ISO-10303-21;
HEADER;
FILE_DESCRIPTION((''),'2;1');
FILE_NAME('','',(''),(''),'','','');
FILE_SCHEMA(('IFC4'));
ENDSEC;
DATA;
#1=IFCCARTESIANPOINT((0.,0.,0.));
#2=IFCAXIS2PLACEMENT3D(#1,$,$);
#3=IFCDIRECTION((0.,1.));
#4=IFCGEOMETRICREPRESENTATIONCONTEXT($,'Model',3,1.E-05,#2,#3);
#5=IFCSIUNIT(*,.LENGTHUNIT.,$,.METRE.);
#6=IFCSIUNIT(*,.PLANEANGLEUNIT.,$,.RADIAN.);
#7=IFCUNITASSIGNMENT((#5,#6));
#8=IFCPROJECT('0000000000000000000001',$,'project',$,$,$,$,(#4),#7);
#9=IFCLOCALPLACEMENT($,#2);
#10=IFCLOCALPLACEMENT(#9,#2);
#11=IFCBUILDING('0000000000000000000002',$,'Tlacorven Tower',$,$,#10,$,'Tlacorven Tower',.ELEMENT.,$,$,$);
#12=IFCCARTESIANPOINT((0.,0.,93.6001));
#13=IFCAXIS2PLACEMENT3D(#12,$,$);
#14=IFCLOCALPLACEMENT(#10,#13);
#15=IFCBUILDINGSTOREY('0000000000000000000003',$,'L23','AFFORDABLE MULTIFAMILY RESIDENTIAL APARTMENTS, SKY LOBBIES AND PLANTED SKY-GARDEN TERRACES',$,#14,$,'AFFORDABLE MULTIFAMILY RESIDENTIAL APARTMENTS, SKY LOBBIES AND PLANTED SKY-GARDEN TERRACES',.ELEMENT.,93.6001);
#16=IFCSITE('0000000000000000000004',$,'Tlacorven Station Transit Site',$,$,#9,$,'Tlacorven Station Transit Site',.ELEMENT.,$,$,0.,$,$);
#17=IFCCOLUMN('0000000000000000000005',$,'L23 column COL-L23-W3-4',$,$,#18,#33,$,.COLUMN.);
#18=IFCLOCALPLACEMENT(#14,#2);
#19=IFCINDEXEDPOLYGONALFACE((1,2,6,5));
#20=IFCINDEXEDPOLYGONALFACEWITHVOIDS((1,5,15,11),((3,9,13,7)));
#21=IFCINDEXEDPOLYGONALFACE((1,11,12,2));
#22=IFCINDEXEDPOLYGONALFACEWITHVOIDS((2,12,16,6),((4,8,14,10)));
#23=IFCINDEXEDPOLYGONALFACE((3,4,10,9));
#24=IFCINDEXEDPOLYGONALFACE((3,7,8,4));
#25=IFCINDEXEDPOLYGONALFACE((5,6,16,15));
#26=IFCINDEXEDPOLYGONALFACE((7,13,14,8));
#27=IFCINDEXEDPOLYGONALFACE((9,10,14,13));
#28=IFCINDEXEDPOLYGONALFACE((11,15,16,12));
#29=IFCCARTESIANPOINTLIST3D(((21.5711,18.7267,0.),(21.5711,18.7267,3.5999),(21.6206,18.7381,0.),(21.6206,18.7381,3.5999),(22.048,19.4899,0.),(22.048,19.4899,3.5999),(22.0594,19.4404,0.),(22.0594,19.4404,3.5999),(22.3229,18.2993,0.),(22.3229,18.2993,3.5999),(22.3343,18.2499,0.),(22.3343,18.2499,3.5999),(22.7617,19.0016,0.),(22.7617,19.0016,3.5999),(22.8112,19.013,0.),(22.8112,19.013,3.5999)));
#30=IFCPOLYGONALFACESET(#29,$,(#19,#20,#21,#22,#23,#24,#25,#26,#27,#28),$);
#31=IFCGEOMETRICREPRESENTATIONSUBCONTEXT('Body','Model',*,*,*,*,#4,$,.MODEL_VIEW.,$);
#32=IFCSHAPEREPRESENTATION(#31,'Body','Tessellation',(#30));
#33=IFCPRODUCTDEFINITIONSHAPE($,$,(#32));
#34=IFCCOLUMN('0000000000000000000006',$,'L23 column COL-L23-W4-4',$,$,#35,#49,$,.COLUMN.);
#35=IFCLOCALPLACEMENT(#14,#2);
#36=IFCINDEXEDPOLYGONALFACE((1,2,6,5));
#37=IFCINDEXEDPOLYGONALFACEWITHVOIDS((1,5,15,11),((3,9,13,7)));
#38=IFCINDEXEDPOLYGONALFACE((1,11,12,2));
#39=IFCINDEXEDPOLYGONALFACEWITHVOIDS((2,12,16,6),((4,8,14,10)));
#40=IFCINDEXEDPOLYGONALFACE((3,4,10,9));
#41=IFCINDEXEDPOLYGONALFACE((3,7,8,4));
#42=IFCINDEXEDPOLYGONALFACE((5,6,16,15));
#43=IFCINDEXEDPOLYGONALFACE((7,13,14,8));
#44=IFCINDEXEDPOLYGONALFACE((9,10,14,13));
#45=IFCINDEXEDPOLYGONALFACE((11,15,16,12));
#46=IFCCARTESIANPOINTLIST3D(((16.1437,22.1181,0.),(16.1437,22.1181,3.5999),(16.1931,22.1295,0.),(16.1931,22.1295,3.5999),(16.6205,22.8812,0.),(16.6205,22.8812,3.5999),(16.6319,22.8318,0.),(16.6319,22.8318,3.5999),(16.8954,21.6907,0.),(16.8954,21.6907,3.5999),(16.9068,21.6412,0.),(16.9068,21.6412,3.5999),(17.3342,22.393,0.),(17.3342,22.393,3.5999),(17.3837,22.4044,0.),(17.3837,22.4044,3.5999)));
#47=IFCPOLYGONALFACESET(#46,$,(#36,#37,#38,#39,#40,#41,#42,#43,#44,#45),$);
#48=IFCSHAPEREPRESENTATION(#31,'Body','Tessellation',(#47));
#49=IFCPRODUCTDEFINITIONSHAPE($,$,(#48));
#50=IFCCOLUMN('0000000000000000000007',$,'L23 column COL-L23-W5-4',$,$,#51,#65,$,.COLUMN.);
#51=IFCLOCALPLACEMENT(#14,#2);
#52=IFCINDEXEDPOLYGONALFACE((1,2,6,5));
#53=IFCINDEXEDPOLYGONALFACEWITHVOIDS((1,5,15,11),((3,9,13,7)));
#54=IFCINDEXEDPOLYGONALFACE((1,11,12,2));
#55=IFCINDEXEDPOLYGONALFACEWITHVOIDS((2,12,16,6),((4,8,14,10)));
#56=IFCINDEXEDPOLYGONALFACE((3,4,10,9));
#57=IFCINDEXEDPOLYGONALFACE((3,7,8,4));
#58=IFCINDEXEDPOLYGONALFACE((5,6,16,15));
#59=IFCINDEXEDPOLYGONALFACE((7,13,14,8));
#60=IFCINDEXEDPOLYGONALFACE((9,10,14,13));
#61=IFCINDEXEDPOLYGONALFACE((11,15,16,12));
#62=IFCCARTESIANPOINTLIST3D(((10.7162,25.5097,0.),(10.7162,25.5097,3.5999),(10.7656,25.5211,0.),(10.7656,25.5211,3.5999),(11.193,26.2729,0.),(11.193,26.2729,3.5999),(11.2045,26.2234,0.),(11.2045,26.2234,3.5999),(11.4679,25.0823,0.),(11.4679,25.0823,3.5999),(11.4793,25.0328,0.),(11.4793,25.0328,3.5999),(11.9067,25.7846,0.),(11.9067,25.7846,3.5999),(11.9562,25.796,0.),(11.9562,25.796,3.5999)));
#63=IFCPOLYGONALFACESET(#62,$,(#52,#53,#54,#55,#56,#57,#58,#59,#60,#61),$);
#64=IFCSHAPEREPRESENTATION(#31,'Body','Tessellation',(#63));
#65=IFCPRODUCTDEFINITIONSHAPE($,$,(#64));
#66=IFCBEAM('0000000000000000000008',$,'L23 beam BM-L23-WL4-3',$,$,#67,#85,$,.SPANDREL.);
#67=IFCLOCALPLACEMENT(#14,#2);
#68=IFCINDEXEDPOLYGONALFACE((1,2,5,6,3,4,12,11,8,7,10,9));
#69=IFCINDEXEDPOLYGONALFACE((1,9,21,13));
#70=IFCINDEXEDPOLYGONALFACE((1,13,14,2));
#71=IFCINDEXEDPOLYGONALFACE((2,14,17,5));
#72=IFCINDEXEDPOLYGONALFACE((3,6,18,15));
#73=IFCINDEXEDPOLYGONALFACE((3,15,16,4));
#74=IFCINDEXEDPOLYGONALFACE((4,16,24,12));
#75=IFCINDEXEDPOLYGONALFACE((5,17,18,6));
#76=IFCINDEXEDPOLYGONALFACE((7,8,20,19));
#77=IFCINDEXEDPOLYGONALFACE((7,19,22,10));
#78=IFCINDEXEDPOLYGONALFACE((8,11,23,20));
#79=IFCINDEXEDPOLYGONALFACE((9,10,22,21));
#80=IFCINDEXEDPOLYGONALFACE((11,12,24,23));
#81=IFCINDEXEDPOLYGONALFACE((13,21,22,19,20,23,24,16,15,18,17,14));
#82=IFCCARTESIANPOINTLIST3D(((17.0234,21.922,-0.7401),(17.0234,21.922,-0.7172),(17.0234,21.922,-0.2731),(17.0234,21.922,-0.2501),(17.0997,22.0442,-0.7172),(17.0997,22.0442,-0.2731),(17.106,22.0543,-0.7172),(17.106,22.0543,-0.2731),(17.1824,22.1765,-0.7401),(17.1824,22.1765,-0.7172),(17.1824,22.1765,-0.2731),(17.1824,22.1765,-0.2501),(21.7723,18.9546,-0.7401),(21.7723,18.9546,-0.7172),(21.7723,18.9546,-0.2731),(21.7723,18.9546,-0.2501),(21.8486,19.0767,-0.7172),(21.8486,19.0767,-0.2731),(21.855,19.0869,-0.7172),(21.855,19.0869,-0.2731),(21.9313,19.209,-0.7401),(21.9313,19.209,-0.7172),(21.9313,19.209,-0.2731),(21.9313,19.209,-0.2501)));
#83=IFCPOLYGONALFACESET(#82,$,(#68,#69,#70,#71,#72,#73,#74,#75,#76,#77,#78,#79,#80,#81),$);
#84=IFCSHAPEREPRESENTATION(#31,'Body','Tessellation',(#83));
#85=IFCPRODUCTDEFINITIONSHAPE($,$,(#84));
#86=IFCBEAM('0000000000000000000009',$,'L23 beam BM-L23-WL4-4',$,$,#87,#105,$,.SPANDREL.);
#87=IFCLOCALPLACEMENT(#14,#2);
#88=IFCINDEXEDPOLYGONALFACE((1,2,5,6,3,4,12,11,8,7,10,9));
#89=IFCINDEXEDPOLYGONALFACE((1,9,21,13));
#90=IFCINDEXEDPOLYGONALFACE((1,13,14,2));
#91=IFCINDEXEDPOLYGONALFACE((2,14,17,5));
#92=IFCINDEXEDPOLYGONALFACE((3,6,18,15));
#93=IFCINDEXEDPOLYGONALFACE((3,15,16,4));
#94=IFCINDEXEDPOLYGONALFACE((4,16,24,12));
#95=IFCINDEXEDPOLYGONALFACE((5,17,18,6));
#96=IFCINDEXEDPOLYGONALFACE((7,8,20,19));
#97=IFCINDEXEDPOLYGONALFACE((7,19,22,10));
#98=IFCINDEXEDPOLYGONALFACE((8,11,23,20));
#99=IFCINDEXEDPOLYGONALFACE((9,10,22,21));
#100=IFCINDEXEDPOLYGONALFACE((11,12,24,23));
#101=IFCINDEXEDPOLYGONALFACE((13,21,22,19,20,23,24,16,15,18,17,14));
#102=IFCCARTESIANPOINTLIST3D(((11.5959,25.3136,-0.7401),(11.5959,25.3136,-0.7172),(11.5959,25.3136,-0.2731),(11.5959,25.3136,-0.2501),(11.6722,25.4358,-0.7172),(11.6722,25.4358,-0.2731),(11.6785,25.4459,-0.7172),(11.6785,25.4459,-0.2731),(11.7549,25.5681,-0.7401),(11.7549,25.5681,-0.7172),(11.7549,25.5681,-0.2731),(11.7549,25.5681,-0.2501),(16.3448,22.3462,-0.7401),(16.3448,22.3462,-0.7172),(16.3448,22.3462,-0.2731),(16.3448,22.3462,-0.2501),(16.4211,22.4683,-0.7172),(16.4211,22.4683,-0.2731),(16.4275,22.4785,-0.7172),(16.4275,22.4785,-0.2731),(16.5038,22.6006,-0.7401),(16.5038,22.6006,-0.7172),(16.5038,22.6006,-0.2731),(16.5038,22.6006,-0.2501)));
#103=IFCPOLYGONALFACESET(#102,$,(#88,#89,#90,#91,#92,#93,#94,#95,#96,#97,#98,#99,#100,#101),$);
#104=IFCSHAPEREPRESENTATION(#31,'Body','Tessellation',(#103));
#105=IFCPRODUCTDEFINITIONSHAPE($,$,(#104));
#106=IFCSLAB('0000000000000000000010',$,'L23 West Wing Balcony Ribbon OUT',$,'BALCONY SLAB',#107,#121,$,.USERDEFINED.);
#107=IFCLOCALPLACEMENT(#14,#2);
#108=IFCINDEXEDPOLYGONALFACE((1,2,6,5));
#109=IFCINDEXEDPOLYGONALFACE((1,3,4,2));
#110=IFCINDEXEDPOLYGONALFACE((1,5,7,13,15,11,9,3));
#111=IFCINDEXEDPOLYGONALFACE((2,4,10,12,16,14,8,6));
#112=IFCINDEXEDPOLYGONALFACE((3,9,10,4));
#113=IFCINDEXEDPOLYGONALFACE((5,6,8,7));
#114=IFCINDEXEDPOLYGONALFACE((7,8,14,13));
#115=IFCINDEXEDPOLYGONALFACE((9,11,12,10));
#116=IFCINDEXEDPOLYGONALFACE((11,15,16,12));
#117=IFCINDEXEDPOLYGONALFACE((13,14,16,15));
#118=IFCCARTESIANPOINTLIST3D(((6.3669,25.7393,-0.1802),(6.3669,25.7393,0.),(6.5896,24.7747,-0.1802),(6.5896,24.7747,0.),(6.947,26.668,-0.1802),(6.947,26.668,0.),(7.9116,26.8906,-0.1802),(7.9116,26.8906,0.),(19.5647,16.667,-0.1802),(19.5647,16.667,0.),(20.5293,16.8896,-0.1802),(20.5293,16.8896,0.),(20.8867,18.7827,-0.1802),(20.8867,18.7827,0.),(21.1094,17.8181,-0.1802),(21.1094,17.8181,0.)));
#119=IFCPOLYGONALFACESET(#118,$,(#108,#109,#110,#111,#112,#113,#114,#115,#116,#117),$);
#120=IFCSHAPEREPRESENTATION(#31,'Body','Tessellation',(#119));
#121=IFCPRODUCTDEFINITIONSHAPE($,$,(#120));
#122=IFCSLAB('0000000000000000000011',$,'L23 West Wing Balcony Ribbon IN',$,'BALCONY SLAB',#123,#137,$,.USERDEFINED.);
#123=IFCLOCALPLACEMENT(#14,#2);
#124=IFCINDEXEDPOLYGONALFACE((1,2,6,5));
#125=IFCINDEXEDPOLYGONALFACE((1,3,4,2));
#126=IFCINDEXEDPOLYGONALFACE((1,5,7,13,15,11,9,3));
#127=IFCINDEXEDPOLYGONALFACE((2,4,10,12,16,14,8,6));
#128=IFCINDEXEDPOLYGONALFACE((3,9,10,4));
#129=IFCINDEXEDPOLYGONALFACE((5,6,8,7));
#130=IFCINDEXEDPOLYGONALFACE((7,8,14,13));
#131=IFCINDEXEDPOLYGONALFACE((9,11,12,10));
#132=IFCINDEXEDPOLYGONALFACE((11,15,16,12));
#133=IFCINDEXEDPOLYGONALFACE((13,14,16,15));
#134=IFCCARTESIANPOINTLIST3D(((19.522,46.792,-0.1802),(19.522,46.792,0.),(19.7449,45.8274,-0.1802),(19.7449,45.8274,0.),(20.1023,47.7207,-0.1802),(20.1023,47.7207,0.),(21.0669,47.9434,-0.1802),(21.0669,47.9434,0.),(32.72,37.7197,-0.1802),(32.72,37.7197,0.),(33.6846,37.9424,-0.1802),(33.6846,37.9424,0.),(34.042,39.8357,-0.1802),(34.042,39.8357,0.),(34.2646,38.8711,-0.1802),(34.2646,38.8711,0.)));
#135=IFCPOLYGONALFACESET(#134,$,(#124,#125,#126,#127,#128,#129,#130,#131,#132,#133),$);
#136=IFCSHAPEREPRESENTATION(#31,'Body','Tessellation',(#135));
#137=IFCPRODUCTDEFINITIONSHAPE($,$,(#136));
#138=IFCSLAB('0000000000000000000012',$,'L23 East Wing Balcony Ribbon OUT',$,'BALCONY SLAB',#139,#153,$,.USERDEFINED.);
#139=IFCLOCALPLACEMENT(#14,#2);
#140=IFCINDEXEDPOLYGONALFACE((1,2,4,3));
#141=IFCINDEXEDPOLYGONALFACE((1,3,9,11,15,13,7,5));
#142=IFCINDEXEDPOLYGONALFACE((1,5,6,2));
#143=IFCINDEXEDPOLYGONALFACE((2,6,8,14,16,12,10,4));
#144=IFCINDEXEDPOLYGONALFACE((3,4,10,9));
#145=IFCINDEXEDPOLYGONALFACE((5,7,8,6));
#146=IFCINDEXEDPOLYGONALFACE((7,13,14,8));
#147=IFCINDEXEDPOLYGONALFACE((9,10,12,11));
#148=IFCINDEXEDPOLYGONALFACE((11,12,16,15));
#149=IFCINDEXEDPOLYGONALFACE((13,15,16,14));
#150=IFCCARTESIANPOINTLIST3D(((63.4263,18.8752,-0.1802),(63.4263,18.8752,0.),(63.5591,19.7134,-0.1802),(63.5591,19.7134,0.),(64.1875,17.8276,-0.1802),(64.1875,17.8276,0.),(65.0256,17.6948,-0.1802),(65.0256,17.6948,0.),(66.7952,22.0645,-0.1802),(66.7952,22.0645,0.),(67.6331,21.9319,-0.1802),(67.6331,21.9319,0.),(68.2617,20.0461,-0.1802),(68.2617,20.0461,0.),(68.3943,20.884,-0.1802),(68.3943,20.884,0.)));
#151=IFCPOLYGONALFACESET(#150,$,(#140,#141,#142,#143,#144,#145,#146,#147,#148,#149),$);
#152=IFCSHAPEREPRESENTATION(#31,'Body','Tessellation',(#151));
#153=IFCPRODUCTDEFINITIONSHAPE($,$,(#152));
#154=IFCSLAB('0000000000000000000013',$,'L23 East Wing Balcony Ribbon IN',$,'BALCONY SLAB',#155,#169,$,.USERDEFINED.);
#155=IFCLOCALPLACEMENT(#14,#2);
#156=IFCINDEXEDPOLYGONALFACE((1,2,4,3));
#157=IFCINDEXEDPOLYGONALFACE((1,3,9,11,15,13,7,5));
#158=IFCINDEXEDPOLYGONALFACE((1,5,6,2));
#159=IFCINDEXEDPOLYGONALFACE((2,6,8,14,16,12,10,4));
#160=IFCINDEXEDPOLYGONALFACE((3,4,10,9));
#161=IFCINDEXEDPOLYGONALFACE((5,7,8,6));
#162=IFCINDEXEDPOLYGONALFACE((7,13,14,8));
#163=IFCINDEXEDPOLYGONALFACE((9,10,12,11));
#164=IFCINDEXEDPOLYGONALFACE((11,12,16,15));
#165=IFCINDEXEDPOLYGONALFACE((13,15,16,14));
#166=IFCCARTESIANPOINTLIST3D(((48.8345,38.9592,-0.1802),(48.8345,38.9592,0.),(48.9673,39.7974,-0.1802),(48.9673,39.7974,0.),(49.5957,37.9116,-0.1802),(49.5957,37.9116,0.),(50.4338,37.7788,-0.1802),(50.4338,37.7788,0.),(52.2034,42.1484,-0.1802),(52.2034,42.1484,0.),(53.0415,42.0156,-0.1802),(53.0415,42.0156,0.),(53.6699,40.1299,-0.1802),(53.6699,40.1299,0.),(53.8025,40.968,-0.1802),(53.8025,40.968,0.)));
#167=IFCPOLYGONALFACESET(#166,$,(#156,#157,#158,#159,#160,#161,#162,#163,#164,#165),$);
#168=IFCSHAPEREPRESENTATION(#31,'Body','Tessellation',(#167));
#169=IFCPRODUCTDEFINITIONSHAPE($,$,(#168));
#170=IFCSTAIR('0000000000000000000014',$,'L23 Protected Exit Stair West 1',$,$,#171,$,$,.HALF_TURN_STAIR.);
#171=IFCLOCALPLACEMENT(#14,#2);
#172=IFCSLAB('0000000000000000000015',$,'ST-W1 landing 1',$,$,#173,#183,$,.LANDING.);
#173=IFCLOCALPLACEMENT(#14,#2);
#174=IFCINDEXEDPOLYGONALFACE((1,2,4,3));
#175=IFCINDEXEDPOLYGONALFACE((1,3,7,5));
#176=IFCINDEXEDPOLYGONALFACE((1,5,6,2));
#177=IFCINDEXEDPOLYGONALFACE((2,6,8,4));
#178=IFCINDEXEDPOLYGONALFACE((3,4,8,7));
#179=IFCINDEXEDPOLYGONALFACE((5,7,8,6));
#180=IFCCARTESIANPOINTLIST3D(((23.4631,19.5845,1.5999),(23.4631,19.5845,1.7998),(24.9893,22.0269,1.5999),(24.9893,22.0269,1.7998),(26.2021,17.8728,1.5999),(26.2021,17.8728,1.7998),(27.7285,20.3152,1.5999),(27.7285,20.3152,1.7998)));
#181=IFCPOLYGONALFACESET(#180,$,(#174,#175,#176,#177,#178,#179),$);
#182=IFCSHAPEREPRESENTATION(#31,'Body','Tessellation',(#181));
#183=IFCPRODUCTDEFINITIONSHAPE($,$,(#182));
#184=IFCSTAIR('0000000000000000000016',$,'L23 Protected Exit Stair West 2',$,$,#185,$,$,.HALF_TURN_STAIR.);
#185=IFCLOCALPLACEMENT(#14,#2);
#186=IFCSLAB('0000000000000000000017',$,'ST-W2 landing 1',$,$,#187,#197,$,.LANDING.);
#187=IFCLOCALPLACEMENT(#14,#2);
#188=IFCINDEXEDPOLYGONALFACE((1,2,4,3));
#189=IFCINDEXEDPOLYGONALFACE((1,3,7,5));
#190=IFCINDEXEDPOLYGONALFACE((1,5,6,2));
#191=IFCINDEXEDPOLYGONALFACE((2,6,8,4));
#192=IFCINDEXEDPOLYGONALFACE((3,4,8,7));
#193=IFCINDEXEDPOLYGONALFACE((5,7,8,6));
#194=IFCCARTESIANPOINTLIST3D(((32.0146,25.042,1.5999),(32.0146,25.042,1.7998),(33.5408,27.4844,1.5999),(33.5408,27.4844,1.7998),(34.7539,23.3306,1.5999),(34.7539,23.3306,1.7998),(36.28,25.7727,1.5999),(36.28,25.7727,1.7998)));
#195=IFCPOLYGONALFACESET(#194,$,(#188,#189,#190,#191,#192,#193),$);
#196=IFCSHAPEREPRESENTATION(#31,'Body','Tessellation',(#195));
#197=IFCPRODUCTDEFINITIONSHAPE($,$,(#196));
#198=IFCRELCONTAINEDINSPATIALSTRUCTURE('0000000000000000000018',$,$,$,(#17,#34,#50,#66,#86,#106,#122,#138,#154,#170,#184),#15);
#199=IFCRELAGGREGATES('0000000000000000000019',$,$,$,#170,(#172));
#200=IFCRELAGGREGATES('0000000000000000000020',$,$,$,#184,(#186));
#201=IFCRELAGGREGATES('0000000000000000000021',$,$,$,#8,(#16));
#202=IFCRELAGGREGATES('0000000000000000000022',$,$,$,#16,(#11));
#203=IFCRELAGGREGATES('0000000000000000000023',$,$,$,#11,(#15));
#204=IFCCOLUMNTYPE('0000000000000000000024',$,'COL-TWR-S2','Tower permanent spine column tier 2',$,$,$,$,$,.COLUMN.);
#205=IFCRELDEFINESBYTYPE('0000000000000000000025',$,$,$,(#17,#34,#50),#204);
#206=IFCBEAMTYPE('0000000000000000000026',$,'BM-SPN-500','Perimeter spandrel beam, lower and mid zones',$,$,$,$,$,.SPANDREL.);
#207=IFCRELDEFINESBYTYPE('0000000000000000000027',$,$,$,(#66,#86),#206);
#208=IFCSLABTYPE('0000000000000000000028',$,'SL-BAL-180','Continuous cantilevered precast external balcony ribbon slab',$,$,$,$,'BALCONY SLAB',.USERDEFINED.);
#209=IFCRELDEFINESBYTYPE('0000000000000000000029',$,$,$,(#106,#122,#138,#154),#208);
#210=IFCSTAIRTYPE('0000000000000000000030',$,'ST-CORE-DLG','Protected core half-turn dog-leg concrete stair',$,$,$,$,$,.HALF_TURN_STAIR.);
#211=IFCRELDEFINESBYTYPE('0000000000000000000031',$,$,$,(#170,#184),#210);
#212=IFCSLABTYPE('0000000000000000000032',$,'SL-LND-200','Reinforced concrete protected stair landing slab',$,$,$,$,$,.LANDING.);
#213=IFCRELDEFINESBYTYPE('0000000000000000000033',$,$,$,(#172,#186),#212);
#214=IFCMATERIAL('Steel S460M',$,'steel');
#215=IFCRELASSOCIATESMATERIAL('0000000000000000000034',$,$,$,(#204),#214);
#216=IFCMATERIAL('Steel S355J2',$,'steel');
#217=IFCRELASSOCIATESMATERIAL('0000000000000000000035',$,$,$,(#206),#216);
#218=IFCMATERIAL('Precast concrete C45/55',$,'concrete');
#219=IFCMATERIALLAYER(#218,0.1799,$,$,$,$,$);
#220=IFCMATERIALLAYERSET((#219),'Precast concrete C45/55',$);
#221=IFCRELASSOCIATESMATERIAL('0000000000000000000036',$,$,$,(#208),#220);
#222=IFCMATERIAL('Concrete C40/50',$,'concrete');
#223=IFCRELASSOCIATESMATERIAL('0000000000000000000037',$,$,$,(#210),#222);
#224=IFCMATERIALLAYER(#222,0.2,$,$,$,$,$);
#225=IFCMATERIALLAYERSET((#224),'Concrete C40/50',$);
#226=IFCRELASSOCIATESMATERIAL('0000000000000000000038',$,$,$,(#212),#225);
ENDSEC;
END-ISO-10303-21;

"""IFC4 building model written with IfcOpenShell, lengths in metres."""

from ifc_helpers import new_model, si_unit, direction, frame, origin, origin_2d, place, context, subcontext, project, spatial, polyline, hollow_rectangle, i_section, outline, extrude, source, transform, mapped, material, layer, layer_set, material_profile, profile_set, type_object, element, aggregate, save


model = new_model("IFC4")

# Units and contexts
model_context = context("Model", 3, precision=1e-05, world=origin(), true_north=direction((0.0, 1.0)))
body_context = subcontext(model_context, "Body", "Model", "MODEL_VIEW")
ifc_project = project(units=[si_unit("LENGTHUNIT", "METRE"), si_unit("PLANEANGLEUNIT", "RADIAN")], contexts=[model_context])

# Site, building, storey
site_placement = place(None, origin())
site = spatial("IfcSite", under=ifc_project, at=site_placement, Name="Tlacorven Station Transit Site", LongName="Tlacorven Station Transit Site", CompositionType="ELEMENT", RefElevation=0.0)
building_placement = place(site_placement, origin())
building = spatial("IfcBuilding", under=site, at=building_placement, Name="Tlacorven Tower", LongName="Tlacorven Tower", CompositionType="ELEMENT")
storey_placement = place(building_placement, frame((0.0, 0.0, 93.6001)))
storey = spatial("IfcBuildingStorey", under=building, at=storey_placement, Name="L23", Description="AFFORDABLE MULTIFAMILY RESIDENTIAL APARTMENTS, SKY LOBBIES AND PLANTED SKY-GARDEN TERRACES", LongName="AFFORDABLE MULTIFAMILY RESIDENTIAL APARTMENTS, SKY LOBBIES AND PLANTED SKY-GARDEN TERRACES", CompositionType="ELEMENT", Elevation=93.6001)

# Columns
ifc_material_1 = material(Name="Steel S460M", Category="steel")
ifc_material_profile_1 = material_profile(ifc_material_1, hollow_rectangle(XDim=0.8999, YDim=0.8999, WallThickness=0.0359, at=origin_2d()), Name="BOX 900X900X36")
ifc_profile_set_1 = profile_set([ifc_material_profile_1], Name="Steel S460M")
column_type = type_object("IfcColumnType", Name="COL-TWR-S2", Description="Tower permanent spine column tier 2", PredefinedType="COLUMN", material=ifc_profile_set_1)
shared_shape_1 = source(origin(), body_context, "Body", "SweptSolid", [
    extrude(hollow_rectangle(XDim=0.8999, YDim=0.8999, WallThickness=0.0359, at=origin_2d()), origin(), (0.0, 0.0, 1.0), 3.5999),
])
for number, where, z_axis, x_axis, name in (
    (1, (22.1912, 18.8699, 0.0), (0.0, 0.0, 1.0), (-0.848048, 0.529919, 0.0), "L23 column COL-L23-W3-4"),
    (2, (16.7637, 22.2612, 0.0), (0.0, 0.0, 1.0), (-0.848048, 0.529919, 0.0), "L23 column COL-L23-W4-4"),
    (3, (11.3362, 25.6528, 0.0), (0.0, 0.0, 1.0), (-0.848048, 0.529919, 0.0), "L23 column COL-L23-W5-4"),
):
    element("IfcColumn", number, at=place(storey_placement, frame(where, z_axis=z_axis, x_axis=x_axis)), inside=storey, type_object=column_type, Name=name, PredefinedType="COLUMN", context=body_context, shape_type="MappedRepresentation", body=[
        mapped(shared_shape_1, transform((0.0, 0.0, 0.0), scale=1.0)),
    ])

# Beams
ifc_material_2 = material(Name="Steel S355J2", Category="steel")
ifc_material_profile_2 = material_profile(ifc_material_2, i_section(OverallWidth=0.3, OverallDepth=0.49, WebThickness=0.012, FlangeThickness=0.0229, at=origin_2d()), Name="HEA 500")
ifc_profile_set_2 = profile_set([ifc_material_profile_2], Name="Steel S355J2")
beam_type = type_object("IfcBeamType", Name="BM-SPN-500", Description="Perimeter spandrel beam, lower and mid zones", PredefinedType="SPANDREL", material=ifc_profile_set_2)
shared_shape_2 = source(origin(), body_context, "Body", "SweptSolid", [
    extrude(i_section(OverallWidth=0.3, OverallDepth=0.49, WebThickness=0.012, FlangeThickness=0.0229, at=origin_2d()), origin(), (0.0, 0.0, 1.0), 5.5999),
])
for number, where, z_axis, x_axis, name in (
    (4, (21.8518, 19.0818, -0.4951), (-0.848047, 0.529921, 0.0), (-0.529921, -0.848047, 0.0), "L23 beam BM-L23-WL4-3"),
    (5, (16.4243, 22.4734, -0.4951), (-0.848047, 0.529921, 0.0), (-0.529921, -0.848047, 0.0), "L23 beam BM-L23-WL4-4"),
):
    element("IfcBeam", number, at=place(storey_placement, frame(where, z_axis=z_axis, x_axis=x_axis)), inside=storey, type_object=beam_type, Name=name, PredefinedType="SPANDREL", context=body_context, shape_type="MappedRepresentation", body=[
        mapped(shared_shape_2, transform((0.0, 0.0, 0.0), scale=1.0)),
    ])

# Slabs
ifc_material_3 = material(Name="Precast concrete C45/55", Category="concrete")
ifc_layer_1 = layer(ifc_material_3, 0.1799)
ifc_layer_set_1 = layer_set([ifc_layer_1], Name="Precast concrete C45/55")
slab_type_1 = type_object("IfcSlabType", Name="SL-BAL-180", Description="Continuous cantilevered precast external balcony ribbon slab", ElementType="BALCONY SLAB", PredefinedType="USERDEFINED", material=ifc_layer_set_1)
slab_1_placement = place(storey_placement, frame((0.0, 0.0, -0.1802)))
element("IfcSlab", 6, at=slab_1_placement, inside=storey, type_object=slab_type_1, Name="L23 West Wing Balcony Ribbon OUT", ObjectType="BALCONY SLAB", PredefinedType="USERDEFINED", context=body_context, shape_type="SweptSolid", body=[
    extrude(outline(polyline([(20.8867, 18.7827), (7.9116, 26.8906), (6.947, 26.668), (6.3669, 25.7393), (6.5896, 24.7747), (19.5647, 16.667), (20.5293, 16.8896), (21.1094, 17.8181), (20.8867, 18.7827)])), origin(), (0.0, 0.0, 1.0), 0.1802),
])
slab_2_placement = place(storey_placement, frame((0.0, 0.0, -0.1802)))
element("IfcSlab", 7, at=slab_2_placement, inside=storey, type_object=slab_type_1, Name="L23 West Wing Balcony Ribbon IN", ObjectType="BALCONY SLAB", PredefinedType="USERDEFINED", context=body_context, shape_type="SweptSolid", body=[
    extrude(outline(polyline([(34.042, 39.8357), (21.0669, 47.9434), (20.1023, 47.7207), (19.522, 46.792), (19.7449, 45.8274), (32.72, 37.7197), (33.6846, 37.9424), (34.2646, 38.8711), (34.042, 39.8357)])), origin(), (0.0, 0.0, 1.0), 0.1802),
])
slab_3_placement = place(storey_placement, frame((0.0, 0.0, -0.1802)))
element("IfcSlab", 8, at=slab_3_placement, inside=storey, type_object=slab_type_1, Name="L23 East Wing Balcony Ribbon OUT", ObjectType="BALCONY SLAB", PredefinedType="USERDEFINED", context=body_context, shape_type="SweptSolid", body=[
    extrude(outline(polyline([(65.0256, 17.6948), (68.2617, 20.0461), (68.3943, 20.884), (67.6331, 21.9319), (66.7952, 22.0645), (63.5591, 19.7134), (63.4263, 18.8752), (64.1875, 17.8276), (65.0256, 17.6948)])), origin(), (0.0, 0.0, 1.0), 0.1802),
])
slab_4_placement = place(storey_placement, frame((0.0, 0.0, -0.1802)))
element("IfcSlab", 9, at=slab_4_placement, inside=storey, type_object=slab_type_1, Name="L23 East Wing Balcony Ribbon IN", ObjectType="BALCONY SLAB", PredefinedType="USERDEFINED", context=body_context, shape_type="SweptSolid", body=[
    extrude(outline(polyline([(50.4338, 37.7788), (53.6699, 40.1299), (53.8025, 40.968), (53.0415, 42.0156), (52.2034, 42.1484), (48.9673, 39.7974), (48.8345, 38.9592), (49.5957, 37.9116), (50.4338, 37.7788)])), origin(), (0.0, 0.0, 1.0), 0.1802),
])

# Stairs, slabs
ifc_material_4 = material(Name="Concrete C40/50", Category="concrete")
stair_type = type_object("IfcStairType", Name="ST-CORE-DLG", Description="Protected core half-turn dog-leg concrete stair", PredefinedType="HALF_TURN_STAIR", material=ifc_material_4)
stair_1_placement = place(storey_placement, origin())
stair_1 = element("IfcStair", 10, at=stair_1_placement, inside=storey, type_object=stair_type, Name="L23 Protected Exit Stair West 1", PredefinedType="HALF_TURN_STAIR")
ifc_layer_2 = layer(ifc_material_4, 0.2)
ifc_layer_set_2 = layer_set([ifc_layer_2], Name="Concrete C40/50")
slab_type_2 = type_object("IfcSlabType", Name="SL-LND-200", Description="Reinforced concrete protected stair landing slab", PredefinedType="LANDING", material=ifc_layer_set_2)
slab_5_placement = place(storey_placement, frame((0.0, 0.0, 1.5999)))
slab_5 = element("IfcSlab", 11, at=slab_5_placement, type_object=slab_type_2, Name="ST-W1 landing 1", PredefinedType="LANDING", context=body_context, shape_type="SweptSolid", body=[
    extrude(outline(polyline([(27.7285, 20.3152), (24.9893, 22.0269), (23.4631, 19.5845), (26.2021, 17.8728), (27.7285, 20.3152)])), origin(), (0.0, 0.0, 1.0), 0.2),
])
aggregate(stair_1, [slab_5])
stair_2_placement = place(storey_placement, origin())
stair_2 = element("IfcStair", 12, at=stair_2_placement, inside=storey, type_object=stair_type, Name="L23 Protected Exit Stair West 2", PredefinedType="HALF_TURN_STAIR")
slab_6_placement = place(storey_placement, frame((0.0, 0.0, 1.5999)))
slab_6 = element("IfcSlab", 13, at=slab_6_placement, type_object=slab_type_2, Name="ST-W2 landing 1", PredefinedType="LANDING", context=body_context, shape_type="SweptSolid", body=[
    extrude(outline(polyline([(36.28, 25.7727), (33.5408, 27.4844), (32.0146, 25.042), (34.7539, 23.3306), (36.28, 25.7727)])), origin(), (0.0, 0.0, 1.0), 0.2),
])
aggregate(stair_2, [slab_6])

save(model, "model.ifc")
